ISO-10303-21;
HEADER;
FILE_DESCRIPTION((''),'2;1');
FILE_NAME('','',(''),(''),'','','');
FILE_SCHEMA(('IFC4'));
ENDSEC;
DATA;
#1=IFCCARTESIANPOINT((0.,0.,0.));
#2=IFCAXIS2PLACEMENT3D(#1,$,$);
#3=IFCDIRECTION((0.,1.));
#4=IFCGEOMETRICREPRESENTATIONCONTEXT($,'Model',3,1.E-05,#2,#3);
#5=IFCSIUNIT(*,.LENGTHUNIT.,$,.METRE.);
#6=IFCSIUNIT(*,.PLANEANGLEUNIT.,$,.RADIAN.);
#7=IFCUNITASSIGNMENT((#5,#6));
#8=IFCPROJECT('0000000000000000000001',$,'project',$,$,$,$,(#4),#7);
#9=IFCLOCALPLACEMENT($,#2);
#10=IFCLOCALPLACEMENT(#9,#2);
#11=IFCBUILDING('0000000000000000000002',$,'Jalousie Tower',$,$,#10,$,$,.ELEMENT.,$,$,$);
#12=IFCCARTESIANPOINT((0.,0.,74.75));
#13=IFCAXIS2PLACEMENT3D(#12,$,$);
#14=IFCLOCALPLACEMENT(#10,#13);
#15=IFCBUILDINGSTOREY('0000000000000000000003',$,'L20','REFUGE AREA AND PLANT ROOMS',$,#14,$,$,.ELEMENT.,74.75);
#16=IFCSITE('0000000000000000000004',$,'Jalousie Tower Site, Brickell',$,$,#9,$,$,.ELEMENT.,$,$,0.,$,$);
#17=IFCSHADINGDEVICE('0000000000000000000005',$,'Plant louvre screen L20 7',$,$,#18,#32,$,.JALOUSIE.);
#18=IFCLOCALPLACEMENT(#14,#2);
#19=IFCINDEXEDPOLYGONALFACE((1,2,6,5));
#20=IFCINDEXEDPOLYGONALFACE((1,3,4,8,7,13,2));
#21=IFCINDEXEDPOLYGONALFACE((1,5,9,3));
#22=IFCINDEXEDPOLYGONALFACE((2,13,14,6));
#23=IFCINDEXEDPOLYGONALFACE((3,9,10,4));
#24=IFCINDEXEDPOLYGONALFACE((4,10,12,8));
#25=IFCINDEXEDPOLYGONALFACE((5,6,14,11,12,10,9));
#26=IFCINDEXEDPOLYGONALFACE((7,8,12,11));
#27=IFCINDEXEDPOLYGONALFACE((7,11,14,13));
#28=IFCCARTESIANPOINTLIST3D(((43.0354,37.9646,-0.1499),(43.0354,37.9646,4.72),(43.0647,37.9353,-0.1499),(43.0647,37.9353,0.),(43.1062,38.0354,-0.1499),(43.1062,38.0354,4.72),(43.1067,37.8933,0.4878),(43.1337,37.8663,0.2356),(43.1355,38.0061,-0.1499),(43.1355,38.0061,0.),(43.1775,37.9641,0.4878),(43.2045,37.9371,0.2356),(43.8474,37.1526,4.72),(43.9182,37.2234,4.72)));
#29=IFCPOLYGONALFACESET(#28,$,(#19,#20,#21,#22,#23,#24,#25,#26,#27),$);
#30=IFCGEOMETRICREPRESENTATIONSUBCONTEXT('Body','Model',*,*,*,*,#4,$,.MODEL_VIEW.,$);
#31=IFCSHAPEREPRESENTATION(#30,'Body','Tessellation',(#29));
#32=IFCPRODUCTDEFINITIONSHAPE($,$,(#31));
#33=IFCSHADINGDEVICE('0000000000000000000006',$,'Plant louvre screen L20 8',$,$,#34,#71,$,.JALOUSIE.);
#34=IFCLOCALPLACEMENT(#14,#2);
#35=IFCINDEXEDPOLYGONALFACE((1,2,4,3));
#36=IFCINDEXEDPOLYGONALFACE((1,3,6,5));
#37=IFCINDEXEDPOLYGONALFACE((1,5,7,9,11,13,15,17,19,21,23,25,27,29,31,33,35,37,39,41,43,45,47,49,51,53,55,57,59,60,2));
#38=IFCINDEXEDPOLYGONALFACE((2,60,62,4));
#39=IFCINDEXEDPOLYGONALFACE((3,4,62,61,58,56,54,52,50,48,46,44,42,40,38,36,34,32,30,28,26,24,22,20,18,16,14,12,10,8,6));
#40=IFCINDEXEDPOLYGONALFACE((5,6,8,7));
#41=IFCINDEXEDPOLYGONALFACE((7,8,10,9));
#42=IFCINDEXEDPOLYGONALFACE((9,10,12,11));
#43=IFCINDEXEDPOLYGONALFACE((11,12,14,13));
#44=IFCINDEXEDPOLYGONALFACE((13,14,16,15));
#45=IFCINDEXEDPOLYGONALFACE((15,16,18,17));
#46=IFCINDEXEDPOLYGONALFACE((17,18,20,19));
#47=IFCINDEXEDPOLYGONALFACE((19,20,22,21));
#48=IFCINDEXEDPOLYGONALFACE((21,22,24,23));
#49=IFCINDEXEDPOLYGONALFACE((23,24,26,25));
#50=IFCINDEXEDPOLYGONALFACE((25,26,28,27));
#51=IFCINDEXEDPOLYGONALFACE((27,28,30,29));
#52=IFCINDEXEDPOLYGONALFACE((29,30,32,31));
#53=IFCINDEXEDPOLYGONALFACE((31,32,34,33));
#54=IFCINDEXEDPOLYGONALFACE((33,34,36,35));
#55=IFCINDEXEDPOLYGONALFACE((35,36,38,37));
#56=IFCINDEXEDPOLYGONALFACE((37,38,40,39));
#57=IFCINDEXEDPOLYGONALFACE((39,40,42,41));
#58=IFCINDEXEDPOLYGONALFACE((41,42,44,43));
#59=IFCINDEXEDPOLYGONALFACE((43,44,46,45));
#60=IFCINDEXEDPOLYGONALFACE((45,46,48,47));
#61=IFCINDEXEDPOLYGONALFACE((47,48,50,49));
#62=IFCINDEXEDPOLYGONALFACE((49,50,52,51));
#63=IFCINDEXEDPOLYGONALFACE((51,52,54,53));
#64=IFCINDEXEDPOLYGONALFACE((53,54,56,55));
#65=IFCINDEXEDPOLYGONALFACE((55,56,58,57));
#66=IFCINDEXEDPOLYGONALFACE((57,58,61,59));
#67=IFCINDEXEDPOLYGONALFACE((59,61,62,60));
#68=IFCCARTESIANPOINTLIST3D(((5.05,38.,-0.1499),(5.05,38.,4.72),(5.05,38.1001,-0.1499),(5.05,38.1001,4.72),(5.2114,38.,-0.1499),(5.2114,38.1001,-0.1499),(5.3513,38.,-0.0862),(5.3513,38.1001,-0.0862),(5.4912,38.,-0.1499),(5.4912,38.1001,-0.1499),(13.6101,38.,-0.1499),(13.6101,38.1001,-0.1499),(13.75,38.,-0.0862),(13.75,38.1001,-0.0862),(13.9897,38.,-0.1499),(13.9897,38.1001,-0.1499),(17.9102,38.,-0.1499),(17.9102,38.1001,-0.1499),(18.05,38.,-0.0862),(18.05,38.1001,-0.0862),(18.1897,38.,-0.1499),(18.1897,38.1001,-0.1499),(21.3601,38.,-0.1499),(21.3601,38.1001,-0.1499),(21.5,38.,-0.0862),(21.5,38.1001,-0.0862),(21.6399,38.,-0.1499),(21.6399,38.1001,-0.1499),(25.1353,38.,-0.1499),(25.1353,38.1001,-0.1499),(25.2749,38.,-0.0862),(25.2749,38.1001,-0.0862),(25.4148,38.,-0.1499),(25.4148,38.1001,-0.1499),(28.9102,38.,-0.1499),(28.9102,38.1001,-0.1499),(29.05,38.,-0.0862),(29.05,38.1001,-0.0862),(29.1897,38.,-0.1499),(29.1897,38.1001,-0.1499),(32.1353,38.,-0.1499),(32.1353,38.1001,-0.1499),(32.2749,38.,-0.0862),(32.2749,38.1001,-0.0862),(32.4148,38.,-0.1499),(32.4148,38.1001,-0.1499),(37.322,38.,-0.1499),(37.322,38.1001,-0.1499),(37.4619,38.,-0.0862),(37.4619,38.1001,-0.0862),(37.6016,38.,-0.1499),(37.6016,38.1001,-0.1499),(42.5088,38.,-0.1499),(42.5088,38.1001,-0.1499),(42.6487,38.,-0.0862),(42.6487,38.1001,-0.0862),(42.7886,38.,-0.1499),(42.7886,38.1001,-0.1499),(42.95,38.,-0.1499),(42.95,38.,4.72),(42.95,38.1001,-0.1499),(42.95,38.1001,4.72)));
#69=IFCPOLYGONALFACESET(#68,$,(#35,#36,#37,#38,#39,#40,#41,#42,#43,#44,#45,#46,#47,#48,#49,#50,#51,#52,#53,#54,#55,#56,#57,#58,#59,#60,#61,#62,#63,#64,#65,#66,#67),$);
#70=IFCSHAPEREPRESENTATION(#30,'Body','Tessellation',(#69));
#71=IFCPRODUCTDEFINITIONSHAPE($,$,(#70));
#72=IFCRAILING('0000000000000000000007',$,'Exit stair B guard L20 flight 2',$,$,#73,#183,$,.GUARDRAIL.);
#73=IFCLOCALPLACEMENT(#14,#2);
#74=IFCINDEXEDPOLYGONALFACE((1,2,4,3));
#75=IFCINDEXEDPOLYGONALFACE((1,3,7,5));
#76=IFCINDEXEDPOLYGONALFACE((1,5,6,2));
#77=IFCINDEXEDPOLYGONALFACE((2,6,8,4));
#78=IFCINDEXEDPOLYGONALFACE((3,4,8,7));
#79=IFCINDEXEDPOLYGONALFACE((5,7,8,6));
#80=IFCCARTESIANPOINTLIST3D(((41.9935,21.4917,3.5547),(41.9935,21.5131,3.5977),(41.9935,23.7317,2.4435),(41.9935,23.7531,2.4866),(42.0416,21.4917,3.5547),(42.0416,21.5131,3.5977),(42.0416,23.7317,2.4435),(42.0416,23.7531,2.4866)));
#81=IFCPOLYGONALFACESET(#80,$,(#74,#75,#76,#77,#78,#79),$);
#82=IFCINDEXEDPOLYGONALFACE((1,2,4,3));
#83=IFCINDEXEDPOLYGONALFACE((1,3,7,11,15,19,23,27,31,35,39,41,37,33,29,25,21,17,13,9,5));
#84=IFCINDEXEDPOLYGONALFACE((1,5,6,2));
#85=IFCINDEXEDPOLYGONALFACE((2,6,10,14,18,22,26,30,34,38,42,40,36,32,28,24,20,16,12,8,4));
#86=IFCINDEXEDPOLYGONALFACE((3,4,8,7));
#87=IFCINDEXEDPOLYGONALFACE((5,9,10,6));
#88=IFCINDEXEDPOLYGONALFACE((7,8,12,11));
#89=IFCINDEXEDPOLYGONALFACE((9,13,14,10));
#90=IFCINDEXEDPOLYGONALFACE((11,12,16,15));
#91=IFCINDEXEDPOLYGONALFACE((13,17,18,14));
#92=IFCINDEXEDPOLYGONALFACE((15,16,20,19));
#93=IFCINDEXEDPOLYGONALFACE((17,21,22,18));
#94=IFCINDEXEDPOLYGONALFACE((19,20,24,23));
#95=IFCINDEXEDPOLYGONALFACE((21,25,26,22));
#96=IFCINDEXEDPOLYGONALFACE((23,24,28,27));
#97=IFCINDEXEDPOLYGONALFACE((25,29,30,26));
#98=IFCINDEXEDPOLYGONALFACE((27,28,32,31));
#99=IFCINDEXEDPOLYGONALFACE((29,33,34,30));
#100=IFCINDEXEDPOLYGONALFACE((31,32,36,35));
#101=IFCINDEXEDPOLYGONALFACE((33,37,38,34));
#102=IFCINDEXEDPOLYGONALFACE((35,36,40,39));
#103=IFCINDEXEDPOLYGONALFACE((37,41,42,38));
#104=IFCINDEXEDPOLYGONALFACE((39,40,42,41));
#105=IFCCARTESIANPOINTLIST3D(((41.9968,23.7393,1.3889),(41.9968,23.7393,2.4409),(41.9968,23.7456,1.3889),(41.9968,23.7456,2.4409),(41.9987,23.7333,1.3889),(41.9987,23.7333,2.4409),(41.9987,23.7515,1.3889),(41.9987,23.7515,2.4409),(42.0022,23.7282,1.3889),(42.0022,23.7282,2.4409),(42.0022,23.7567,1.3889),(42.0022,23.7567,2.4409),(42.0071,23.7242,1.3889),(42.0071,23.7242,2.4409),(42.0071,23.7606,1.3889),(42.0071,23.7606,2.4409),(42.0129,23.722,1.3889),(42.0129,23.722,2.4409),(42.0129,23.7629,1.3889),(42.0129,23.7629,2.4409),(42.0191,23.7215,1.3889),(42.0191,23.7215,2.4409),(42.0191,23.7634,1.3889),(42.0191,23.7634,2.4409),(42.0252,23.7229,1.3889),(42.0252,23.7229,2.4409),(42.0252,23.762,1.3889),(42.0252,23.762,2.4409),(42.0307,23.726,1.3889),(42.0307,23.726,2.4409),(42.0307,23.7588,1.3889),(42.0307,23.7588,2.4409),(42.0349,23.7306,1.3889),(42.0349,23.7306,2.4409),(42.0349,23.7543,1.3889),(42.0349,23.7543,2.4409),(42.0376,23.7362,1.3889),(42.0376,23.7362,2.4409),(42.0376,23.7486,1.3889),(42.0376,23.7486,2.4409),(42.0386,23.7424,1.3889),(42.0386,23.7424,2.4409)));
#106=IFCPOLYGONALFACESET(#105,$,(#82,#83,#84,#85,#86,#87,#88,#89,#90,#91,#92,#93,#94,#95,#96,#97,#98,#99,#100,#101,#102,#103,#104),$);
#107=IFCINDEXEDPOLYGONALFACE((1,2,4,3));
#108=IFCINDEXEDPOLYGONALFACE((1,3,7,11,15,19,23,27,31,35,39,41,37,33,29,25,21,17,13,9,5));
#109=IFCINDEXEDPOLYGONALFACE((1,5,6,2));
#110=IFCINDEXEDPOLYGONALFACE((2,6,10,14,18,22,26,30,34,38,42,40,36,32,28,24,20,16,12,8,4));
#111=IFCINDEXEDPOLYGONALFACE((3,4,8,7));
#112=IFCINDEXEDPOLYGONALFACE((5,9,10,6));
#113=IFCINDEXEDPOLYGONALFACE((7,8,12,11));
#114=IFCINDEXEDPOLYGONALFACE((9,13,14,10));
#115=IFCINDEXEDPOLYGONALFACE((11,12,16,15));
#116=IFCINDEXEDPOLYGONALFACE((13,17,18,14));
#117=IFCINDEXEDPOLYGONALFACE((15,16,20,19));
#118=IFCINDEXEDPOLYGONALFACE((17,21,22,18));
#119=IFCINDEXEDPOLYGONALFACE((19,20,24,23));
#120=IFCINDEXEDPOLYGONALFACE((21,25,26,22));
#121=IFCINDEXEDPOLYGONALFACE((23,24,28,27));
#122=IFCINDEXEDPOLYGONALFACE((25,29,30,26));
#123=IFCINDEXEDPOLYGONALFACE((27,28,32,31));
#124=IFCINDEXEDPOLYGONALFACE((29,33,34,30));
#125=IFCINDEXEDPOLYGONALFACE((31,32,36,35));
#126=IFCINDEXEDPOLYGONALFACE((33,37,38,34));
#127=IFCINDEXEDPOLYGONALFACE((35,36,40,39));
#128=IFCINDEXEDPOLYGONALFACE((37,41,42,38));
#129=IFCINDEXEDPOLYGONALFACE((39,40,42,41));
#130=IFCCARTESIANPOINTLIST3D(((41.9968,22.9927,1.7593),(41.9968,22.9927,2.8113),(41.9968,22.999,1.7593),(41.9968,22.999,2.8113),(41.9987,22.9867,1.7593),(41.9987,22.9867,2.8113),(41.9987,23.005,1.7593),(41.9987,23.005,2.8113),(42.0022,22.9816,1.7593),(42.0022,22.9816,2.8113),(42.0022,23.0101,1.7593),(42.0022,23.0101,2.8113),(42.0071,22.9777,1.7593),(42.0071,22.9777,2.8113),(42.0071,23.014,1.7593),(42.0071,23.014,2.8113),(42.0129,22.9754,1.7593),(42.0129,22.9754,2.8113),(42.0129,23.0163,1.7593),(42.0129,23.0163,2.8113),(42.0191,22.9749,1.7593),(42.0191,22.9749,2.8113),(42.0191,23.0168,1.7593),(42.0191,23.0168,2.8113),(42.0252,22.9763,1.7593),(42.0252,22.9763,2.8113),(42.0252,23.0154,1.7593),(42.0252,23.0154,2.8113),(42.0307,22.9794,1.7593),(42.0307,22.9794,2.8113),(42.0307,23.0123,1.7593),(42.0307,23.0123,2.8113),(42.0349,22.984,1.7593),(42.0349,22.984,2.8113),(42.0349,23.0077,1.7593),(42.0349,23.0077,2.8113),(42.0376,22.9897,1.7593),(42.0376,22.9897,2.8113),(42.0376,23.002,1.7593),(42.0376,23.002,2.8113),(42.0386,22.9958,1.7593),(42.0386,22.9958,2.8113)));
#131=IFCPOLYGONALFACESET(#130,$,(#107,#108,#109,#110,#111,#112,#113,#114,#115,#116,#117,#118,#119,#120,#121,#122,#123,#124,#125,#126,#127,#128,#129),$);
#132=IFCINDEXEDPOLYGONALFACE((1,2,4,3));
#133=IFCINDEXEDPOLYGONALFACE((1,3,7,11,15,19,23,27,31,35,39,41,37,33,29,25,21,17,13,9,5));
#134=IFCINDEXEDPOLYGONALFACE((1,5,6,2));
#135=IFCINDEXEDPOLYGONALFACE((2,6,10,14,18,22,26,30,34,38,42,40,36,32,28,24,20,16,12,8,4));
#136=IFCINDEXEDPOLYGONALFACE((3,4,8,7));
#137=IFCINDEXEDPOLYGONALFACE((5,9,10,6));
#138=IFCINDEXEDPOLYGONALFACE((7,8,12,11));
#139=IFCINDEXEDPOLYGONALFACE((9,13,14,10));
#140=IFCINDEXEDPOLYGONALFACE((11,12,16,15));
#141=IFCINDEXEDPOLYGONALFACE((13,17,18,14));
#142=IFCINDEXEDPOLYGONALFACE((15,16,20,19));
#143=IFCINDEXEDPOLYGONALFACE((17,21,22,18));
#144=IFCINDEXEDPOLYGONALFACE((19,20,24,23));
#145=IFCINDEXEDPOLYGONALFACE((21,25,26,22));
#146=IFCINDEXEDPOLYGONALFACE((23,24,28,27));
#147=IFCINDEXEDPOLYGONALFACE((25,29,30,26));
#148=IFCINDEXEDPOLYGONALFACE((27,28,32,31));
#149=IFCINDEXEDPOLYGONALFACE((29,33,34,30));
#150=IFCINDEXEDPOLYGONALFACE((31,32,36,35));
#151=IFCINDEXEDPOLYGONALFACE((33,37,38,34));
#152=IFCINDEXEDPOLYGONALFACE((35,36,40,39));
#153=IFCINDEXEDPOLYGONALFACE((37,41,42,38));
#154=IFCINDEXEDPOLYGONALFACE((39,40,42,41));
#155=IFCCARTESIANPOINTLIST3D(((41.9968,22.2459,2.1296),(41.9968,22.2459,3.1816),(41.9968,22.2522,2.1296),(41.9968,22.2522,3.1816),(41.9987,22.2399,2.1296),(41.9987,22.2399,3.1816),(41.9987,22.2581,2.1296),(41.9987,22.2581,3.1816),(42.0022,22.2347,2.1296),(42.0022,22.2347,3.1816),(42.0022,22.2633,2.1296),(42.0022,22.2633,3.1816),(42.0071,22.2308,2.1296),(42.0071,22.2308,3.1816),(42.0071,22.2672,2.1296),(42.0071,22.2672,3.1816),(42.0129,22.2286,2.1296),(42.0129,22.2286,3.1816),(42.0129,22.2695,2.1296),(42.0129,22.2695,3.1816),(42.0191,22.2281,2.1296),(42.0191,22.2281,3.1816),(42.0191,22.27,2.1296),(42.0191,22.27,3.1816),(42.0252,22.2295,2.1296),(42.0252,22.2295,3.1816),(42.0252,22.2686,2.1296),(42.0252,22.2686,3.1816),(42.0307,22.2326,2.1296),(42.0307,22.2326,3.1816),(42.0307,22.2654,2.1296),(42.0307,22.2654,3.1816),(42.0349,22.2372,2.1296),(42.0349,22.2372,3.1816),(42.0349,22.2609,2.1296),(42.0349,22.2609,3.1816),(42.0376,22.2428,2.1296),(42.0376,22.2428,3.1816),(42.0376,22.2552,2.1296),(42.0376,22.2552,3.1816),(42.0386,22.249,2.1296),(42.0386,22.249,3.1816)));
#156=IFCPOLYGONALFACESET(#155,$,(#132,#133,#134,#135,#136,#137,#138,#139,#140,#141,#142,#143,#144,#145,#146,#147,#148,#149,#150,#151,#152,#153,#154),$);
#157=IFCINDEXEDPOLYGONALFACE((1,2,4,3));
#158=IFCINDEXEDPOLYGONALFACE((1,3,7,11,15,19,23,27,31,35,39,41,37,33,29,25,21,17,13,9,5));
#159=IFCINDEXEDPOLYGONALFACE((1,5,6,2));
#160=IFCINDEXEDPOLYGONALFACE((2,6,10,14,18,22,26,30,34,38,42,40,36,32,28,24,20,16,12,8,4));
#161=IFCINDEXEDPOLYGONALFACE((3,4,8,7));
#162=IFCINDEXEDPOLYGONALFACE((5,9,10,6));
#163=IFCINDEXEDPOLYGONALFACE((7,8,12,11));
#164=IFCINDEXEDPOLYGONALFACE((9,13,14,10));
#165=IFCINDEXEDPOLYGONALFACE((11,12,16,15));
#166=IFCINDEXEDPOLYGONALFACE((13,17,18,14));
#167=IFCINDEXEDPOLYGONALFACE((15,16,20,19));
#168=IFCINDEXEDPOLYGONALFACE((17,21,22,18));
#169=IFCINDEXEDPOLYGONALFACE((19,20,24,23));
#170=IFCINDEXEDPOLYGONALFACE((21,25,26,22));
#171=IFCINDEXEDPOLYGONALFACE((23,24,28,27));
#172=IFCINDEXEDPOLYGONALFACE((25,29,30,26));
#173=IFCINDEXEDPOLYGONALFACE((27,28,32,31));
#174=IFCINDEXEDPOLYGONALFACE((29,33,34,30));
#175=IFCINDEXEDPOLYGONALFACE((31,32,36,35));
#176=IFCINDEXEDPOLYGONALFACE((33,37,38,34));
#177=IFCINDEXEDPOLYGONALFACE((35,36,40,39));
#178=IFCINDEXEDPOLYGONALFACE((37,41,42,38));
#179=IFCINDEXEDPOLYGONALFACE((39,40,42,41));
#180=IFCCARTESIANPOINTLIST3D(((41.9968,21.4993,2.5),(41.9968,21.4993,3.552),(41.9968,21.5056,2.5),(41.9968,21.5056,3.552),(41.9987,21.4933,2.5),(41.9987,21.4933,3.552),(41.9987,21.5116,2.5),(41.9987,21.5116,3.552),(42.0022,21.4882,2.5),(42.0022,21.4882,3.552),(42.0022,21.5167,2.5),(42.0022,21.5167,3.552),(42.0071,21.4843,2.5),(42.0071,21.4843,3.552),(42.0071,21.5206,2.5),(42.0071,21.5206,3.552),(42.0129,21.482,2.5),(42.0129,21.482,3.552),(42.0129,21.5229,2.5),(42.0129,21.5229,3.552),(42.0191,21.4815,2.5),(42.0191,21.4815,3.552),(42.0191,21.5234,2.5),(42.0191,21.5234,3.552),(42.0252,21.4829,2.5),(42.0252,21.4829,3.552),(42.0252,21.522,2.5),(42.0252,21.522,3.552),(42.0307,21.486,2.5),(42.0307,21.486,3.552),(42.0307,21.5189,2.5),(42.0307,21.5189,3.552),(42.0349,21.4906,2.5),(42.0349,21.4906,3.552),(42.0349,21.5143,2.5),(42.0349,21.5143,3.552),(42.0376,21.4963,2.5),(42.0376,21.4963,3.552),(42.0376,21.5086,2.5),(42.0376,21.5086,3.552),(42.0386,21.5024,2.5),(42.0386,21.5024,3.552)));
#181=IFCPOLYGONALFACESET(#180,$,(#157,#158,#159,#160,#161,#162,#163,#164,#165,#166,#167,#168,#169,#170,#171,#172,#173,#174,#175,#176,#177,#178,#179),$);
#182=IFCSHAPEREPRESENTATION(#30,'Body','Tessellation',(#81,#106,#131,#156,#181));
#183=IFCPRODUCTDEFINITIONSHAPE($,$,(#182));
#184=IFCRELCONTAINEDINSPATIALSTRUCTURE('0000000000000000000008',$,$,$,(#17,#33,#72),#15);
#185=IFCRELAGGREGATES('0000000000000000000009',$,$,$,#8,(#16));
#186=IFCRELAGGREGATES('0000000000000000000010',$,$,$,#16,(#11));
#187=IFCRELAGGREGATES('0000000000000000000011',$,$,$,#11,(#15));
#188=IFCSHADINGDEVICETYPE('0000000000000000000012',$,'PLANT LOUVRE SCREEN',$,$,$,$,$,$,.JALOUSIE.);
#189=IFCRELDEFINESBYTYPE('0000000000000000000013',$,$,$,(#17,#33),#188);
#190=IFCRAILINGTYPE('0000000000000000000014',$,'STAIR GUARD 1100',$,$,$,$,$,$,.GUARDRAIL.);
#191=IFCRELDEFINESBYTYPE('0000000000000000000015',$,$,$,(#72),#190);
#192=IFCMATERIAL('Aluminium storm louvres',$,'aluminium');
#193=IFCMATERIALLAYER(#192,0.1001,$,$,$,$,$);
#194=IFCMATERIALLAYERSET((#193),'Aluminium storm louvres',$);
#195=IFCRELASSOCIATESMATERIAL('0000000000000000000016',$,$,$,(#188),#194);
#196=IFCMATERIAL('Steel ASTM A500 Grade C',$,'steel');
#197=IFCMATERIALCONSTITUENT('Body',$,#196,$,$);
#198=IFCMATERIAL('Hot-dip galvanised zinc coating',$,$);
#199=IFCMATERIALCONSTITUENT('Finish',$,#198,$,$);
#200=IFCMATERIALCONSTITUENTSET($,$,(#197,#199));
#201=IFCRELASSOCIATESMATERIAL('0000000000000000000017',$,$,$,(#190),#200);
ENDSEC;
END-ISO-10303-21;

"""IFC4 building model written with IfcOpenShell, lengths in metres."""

from ifc_helpers import new_model, si_unit, direction, frame, origin, origin_2d, place, context, subcontext, project, spatial, polyline, rectangle, circle, outline, extrude, material, layer, layer_set, constituent, constituent_set, type_object, element, save


model = new_model("IFC4")

# Units and contexts
model_context = context("Model", 3, precision=1e-05, world=origin(), true_north=direction((0.0, 1.0)))
body_context = subcontext(model_context, "Body", "Model", "MODEL_VIEW")
ifc_project = project(units=[si_unit("LENGTHUNIT", "METRE"), si_unit("PLANEANGLEUNIT", "RADIAN")], contexts=[model_context])

# Site, building, storey
site_placement = place(None, origin())
site = spatial("IfcSite", under=ifc_project, at=site_placement, Name="Jalousie Tower Site, Brickell", CompositionType="ELEMENT", RefElevation=0.0)
building_placement = place(site_placement, origin())
building = spatial("IfcBuilding", under=site, at=building_placement, Name="Jalousie Tower", CompositionType="ELEMENT")
storey_placement = place(building_placement, frame((0.0, 0.0, 74.75)))
storey = spatial("IfcBuildingStorey", under=building, at=storey_placement, Name="L20", Description="REFUGE AREA AND PLANT ROOMS", CompositionType="ELEMENT", Elevation=74.75)

# Shading devices
ifc_material_1 = material(Name="Aluminium storm louvres", Category="aluminium")
ifc_layer_1 = layer(ifc_material_1, 0.1001)
ifc_layer_set_1 = layer_set([ifc_layer_1], Name="Aluminium storm louvres")
shading_device_type = type_object("IfcShadingDeviceType", Name="PLANT LOUVRE SCREEN", PredefinedType="JALOUSIE", material=ifc_layer_set_1)
shading_device_1_placement = place(storey_placement, frame((43.1062, 38.0354, 4.72), z_axis=(0.707118, 0.707096, -0.000002), x_axis=(0.707096, -0.707118, 0.0)))
element("IfcShadingDevice", 1, at=shading_device_1_placement, inside=storey, type_object=shading_device_type, Name="Plant louvre screen L20 7", PredefinedType="JALOUSIE", context=body_context, shape_type="SweptSolid", body=[
    extrude(outline(polyline([(0.0, 0.0), (1.1484, 0.0), (0.1008, 4.2322), (0.139, 4.4844), (0.0414, 4.72), (0.0414, 4.8699), (0.0, 4.8699), (0.0, 0.0)])), origin(), (0.0, 0.0, -1.0), 0.1001),
])
shading_device_2_placement = place(storey_placement, frame((42.95, 38.1001, -0.1499), z_axis=(0.0, 1.0, 0.0), x_axis=(-1.0, 0.0, 0.0)))
element("IfcShadingDevice", 2, at=shading_device_2_placement, inside=storey, type_object=shading_device_type, Name="Plant louvre screen L20 8", PredefinedType="JALOUSIE", context=body_context, shape_type="SweptSolid", body=[
    extrude(outline(polyline([(0.0, 0.0), (0.1614, 0.0), (0.3013, 0.0637), (0.4412, 0.0), (5.3484, 0.0), (5.488, 0.0637), (5.6279, 0.0), (10.5352, 0.0), (10.675, 0.0637), (10.8147, 0.0), (13.7603, 0.0), (13.8999, 0.0637), (14.0398, 0.0), (17.5352, 0.0), (17.675, 0.0637), (17.8147, 0.0), (21.3101, 0.0), (21.45, 0.0637), (21.5898, 0.0), (24.7603, 0.0), (24.8999, 0.0637), (25.0398, 0.0), (28.9602, 0.0), (29.2, 0.0637), (29.3398, 0.0), (37.4587, 0.0), (37.5986, 0.0637), (37.7385, 0.0), (37.8999, 0.0), (37.8999, 4.8699), (0.0, 4.8699), (0.0, 0.0)])), origin(), (0.0, 0.0, -1.0), 0.1001),
])

# Railing
ifc_material_2 = material(Name="Steel ASTM A500 Grade C", Category="steel")
ifc_constituent_1 = constituent(ifc_material_2, Name="Body")
ifc_material_3 = material(Name="Hot-dip galvanised zinc coating")
ifc_constituent_2 = constituent(ifc_material_3, Name="Finish")
ifc_constituent_set_1 = constituent_set(constituents=[ifc_constituent_1, ifc_constituent_2])
railing_type_1 = type_object("IfcRailingType", Name="STAIR GUARD 1100", PredefinedType="GUARDRAIL", material=ifc_constituent_set_1)
for number, where, name in (
    (3, (42.0176, 23.7424, 1.3889), "Exit stair B guard L20 flight 2"),
):
    element("IfcRailing", number, at=place(storey_placement, frame(where)), inside=storey, type_object=railing_type_1, Name=name, PredefinedType="GUARDRAIL", context=body_context, shape_type="SweptSolid", body=[
        extrude(rectangle(XDim=0.0481, YDim=0.0481, at=origin_2d()), frame((0.0, 0.0, 1.0762), z_axis=(0.0, -0.895848, 0.44436), x_axis=(1.0, 0.0, 0.0)), (0.0, 0.0, 1.0), 2.5005),
        extrude(circle(Radius=0.021, at=origin_2d()), origin(), (0.0, 0.0, 1.0), 1.052),
        extrude(circle(Radius=0.021, at=origin_2d()), frame((0.0, -0.7466, 0.3704)), (0.0, 0.0, 1.0), 1.052),
        extrude(circle(Radius=0.021, at=origin_2d()), frame((0.0, -1.4934, 0.7407)), (0.0, 0.0, 1.0), 1.052),
        extrude(circle(Radius=0.021, at=origin_2d()), frame((0.0, -2.24, 1.1111)), (0.0, 0.0, 1.0), 1.052),
    ])

save(model, "model.ifc")
